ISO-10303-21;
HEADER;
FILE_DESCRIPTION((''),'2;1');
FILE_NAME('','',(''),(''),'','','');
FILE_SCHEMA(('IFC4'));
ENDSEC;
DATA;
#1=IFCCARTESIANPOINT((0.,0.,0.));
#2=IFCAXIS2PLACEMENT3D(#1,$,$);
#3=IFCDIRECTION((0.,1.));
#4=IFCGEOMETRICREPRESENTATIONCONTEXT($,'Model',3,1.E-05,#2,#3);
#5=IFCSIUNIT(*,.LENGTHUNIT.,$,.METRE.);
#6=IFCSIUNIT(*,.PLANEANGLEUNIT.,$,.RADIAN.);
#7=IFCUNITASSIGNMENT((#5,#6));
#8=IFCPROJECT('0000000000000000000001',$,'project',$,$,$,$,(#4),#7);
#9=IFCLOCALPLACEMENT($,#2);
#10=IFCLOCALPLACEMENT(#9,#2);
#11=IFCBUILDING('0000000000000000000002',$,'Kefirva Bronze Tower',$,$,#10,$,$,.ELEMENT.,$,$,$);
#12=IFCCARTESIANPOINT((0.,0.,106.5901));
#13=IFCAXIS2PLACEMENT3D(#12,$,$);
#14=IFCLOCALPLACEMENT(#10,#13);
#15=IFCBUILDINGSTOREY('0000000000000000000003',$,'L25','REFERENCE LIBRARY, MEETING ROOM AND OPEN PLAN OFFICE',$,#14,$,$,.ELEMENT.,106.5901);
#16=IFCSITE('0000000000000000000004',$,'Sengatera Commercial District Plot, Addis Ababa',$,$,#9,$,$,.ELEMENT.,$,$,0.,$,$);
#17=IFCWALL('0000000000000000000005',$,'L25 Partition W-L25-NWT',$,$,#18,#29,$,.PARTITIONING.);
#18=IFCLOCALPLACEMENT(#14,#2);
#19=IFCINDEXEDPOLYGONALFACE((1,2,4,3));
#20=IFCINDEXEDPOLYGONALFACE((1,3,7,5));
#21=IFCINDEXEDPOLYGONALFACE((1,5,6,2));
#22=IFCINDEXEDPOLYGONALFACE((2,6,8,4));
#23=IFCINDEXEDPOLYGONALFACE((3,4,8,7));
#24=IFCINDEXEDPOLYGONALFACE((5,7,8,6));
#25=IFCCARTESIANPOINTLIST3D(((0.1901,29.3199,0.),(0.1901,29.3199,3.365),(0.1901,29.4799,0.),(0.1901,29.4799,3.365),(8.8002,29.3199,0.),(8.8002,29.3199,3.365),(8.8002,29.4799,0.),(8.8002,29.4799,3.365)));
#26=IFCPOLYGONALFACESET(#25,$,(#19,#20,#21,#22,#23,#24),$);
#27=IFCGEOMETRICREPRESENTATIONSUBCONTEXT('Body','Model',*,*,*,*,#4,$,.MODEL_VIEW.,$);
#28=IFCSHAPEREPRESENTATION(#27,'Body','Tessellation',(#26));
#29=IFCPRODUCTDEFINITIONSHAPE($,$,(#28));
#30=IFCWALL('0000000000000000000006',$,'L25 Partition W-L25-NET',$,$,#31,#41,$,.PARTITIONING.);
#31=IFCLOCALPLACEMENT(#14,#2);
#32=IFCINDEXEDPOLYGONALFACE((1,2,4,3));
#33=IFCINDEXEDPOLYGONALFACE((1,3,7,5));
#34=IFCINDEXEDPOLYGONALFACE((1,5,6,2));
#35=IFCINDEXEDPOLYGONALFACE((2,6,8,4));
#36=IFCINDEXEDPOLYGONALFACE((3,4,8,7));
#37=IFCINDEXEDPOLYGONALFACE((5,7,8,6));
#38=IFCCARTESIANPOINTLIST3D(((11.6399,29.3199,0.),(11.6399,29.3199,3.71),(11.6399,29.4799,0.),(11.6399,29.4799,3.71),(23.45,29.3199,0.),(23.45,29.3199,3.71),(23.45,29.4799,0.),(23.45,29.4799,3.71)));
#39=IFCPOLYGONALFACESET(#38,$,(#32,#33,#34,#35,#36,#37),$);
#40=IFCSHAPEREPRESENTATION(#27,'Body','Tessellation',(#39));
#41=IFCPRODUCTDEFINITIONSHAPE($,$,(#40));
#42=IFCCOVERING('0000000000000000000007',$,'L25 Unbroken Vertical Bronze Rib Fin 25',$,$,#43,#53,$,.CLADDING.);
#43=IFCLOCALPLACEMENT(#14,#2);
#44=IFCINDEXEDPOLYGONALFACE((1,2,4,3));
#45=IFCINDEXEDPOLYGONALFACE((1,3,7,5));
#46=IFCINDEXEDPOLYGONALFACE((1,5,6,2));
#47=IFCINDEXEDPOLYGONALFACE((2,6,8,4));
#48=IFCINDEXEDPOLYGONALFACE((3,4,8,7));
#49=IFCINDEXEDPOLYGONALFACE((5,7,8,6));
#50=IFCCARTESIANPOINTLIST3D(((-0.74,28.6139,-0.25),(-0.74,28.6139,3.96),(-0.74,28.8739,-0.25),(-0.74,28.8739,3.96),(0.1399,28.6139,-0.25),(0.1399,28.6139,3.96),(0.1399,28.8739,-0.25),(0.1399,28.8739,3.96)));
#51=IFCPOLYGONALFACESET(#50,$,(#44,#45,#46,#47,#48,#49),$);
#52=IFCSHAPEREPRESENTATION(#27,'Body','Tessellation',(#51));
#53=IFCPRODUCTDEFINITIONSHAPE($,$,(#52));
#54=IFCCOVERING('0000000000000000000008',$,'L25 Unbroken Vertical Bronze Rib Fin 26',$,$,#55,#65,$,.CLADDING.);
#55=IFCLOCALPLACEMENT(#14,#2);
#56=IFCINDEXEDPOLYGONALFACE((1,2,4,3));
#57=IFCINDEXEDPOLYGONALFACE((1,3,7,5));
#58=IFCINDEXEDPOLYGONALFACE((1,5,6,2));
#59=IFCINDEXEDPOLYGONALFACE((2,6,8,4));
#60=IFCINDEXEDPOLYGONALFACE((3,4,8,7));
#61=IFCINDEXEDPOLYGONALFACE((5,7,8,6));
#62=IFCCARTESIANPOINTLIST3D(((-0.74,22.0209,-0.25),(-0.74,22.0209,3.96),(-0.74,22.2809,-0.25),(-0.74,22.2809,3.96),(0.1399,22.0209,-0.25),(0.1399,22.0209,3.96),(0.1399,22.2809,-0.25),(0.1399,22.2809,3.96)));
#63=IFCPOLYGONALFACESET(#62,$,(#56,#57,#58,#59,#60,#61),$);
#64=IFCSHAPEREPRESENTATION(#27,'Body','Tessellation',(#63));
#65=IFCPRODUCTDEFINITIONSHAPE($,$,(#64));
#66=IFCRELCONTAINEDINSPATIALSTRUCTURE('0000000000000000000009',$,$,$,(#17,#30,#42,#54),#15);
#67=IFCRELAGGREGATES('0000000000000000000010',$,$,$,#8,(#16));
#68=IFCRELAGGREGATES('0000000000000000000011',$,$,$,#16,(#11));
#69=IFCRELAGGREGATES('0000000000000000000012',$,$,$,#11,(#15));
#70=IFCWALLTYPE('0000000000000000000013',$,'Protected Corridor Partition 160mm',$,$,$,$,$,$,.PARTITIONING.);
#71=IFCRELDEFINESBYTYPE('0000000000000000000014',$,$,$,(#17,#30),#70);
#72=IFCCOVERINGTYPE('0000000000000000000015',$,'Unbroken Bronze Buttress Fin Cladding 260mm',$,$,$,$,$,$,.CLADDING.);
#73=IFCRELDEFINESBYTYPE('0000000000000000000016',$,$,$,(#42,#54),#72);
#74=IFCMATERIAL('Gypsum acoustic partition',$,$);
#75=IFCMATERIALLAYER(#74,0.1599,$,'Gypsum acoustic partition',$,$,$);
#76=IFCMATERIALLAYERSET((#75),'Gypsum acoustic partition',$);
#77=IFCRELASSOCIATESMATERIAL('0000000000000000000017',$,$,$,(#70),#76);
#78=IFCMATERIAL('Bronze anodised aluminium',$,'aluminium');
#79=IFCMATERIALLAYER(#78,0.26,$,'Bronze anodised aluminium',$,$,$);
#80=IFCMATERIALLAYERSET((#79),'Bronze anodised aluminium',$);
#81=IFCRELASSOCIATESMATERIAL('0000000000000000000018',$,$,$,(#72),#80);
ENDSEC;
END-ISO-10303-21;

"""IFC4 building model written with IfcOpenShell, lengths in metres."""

from ifc_helpers import new_model, si_unit, direction, frame, frame_2d, origin, origin_2d, place, context, subcontext, project, spatial, rectangle, extrude, material, layer, layer_set, type_object, element, save


model = new_model("IFC4")

# Units and contexts
model_context = context("Model", 3, precision=1e-05, world=origin(), true_north=direction((0.0, 1.0)))
body_context = subcontext(model_context, "Body", "Model", "MODEL_VIEW")
ifc_project = project(units=[si_unit("LENGTHUNIT", "METRE"), si_unit("PLANEANGLEUNIT", "RADIAN")], contexts=[model_context])

# Site, building, storey
site_placement = place(None, origin())
site = spatial("IfcSite", under=ifc_project, at=site_placement, Name="Sengatera Commercial District Plot, Addis Ababa", CompositionType="ELEMENT", RefElevation=0.0)
building_placement = place(site_placement, origin())
building = spatial("IfcBuilding", under=site, at=building_placement, Name="Kefirva Bronze Tower", CompositionType="ELEMENT")
storey_placement = place(building_placement, frame((0.0, 0.0, 106.5901)))
storey = spatial("IfcBuildingStorey", under=building, at=storey_placement, Name="L25", Description="REFERENCE LIBRARY, MEETING ROOM AND OPEN PLAN OFFICE", CompositionType="ELEMENT", Elevation=106.5901)

# Shared definitions
ifc_material_1 = material(Name="Bronze anodised aluminium", Category="aluminium")

# Walls
ifc_material_2 = material(Name="Gypsum acoustic partition")
ifc_layer_1 = layer(ifc_material_2, 0.1599, Name="Gypsum acoustic partition")
ifc_layer_set_1 = layer_set([ifc_layer_1], Name="Gypsum acoustic partition")
wall_type_1 = type_object("IfcWallType", Name="Protected Corridor Partition 160mm", PredefinedType="PARTITIONING", material=ifc_layer_set_1)
wall_1_placement = place(storey_placement, frame((0.1899, 29.3999, 0.0), z_axis=(0.0, 0.0, 1.0), x_axis=(1.0, 0.0, 0.0)))
element("IfcWall", 1, at=wall_1_placement, inside=storey, type_object=wall_type_1, Name="L25 Partition W-L25-NWT", PredefinedType="PARTITIONING", context=body_context, shape_type="SweptSolid", body=[
    extrude(rectangle(XDim=8.6101, YDim=0.1599, at=frame_2d((4.3052, 0.0))), origin(), (0.0, 0.0, 1.0), 3.365),
])
wall_2_placement = place(storey_placement, frame((11.6399, 29.3999, 0.0), z_axis=(0.0, 0.0, 1.0), x_axis=(1.0, 0.0, 0.0)))
element("IfcWall", 2, at=wall_2_placement, inside=storey, type_object=wall_type_1, Name="L25 Partition W-L25-NET", PredefinedType="PARTITIONING", context=body_context, shape_type="SweptSolid", body=[
    extrude(rectangle(XDim=11.8101, YDim=0.1599, at=frame_2d((5.905, 0.0))), origin(), (0.0, 0.0, 1.0), 3.71),
])

# Coverings
ifc_layer_2 = layer(ifc_material_1, 0.26, Name="Bronze anodised aluminium")
ifc_layer_set_2 = layer_set([ifc_layer_2], Name="Bronze anodised aluminium")
covering_type = type_object("IfcCoveringType", Name="Unbroken Bronze Buttress Fin Cladding 260mm", PredefinedType="CLADDING", material=ifc_layer_set_2)
for number, where, z_axis, x_axis, name in (
    (3, (-0.3, 28.7439, -0.25), (0.0, 0.0, 1.0), (0.0, -1.0, 0.0), "L25 Unbroken Vertical Bronze Rib Fin 25"),
    (4, (-0.3, 22.1509, -0.25), (0.0, 0.0, 1.0), (0.0, -1.0, 0.0), "L25 Unbroken Vertical Bronze Rib Fin 26"),
):
    element("IfcCovering", number, at=place(storey_placement, frame(where, z_axis=z_axis, x_axis=x_axis)), inside=storey, type_object=covering_type, Name=name, PredefinedType="CLADDING", context=body_context, shape_type="SweptSolid", body=[
        extrude(rectangle(XDim=0.26, YDim=0.8799, at=origin_2d()), origin(), (0.0, 0.0, 1.0), 4.21),
    ])

save(model, "model.ifc")
